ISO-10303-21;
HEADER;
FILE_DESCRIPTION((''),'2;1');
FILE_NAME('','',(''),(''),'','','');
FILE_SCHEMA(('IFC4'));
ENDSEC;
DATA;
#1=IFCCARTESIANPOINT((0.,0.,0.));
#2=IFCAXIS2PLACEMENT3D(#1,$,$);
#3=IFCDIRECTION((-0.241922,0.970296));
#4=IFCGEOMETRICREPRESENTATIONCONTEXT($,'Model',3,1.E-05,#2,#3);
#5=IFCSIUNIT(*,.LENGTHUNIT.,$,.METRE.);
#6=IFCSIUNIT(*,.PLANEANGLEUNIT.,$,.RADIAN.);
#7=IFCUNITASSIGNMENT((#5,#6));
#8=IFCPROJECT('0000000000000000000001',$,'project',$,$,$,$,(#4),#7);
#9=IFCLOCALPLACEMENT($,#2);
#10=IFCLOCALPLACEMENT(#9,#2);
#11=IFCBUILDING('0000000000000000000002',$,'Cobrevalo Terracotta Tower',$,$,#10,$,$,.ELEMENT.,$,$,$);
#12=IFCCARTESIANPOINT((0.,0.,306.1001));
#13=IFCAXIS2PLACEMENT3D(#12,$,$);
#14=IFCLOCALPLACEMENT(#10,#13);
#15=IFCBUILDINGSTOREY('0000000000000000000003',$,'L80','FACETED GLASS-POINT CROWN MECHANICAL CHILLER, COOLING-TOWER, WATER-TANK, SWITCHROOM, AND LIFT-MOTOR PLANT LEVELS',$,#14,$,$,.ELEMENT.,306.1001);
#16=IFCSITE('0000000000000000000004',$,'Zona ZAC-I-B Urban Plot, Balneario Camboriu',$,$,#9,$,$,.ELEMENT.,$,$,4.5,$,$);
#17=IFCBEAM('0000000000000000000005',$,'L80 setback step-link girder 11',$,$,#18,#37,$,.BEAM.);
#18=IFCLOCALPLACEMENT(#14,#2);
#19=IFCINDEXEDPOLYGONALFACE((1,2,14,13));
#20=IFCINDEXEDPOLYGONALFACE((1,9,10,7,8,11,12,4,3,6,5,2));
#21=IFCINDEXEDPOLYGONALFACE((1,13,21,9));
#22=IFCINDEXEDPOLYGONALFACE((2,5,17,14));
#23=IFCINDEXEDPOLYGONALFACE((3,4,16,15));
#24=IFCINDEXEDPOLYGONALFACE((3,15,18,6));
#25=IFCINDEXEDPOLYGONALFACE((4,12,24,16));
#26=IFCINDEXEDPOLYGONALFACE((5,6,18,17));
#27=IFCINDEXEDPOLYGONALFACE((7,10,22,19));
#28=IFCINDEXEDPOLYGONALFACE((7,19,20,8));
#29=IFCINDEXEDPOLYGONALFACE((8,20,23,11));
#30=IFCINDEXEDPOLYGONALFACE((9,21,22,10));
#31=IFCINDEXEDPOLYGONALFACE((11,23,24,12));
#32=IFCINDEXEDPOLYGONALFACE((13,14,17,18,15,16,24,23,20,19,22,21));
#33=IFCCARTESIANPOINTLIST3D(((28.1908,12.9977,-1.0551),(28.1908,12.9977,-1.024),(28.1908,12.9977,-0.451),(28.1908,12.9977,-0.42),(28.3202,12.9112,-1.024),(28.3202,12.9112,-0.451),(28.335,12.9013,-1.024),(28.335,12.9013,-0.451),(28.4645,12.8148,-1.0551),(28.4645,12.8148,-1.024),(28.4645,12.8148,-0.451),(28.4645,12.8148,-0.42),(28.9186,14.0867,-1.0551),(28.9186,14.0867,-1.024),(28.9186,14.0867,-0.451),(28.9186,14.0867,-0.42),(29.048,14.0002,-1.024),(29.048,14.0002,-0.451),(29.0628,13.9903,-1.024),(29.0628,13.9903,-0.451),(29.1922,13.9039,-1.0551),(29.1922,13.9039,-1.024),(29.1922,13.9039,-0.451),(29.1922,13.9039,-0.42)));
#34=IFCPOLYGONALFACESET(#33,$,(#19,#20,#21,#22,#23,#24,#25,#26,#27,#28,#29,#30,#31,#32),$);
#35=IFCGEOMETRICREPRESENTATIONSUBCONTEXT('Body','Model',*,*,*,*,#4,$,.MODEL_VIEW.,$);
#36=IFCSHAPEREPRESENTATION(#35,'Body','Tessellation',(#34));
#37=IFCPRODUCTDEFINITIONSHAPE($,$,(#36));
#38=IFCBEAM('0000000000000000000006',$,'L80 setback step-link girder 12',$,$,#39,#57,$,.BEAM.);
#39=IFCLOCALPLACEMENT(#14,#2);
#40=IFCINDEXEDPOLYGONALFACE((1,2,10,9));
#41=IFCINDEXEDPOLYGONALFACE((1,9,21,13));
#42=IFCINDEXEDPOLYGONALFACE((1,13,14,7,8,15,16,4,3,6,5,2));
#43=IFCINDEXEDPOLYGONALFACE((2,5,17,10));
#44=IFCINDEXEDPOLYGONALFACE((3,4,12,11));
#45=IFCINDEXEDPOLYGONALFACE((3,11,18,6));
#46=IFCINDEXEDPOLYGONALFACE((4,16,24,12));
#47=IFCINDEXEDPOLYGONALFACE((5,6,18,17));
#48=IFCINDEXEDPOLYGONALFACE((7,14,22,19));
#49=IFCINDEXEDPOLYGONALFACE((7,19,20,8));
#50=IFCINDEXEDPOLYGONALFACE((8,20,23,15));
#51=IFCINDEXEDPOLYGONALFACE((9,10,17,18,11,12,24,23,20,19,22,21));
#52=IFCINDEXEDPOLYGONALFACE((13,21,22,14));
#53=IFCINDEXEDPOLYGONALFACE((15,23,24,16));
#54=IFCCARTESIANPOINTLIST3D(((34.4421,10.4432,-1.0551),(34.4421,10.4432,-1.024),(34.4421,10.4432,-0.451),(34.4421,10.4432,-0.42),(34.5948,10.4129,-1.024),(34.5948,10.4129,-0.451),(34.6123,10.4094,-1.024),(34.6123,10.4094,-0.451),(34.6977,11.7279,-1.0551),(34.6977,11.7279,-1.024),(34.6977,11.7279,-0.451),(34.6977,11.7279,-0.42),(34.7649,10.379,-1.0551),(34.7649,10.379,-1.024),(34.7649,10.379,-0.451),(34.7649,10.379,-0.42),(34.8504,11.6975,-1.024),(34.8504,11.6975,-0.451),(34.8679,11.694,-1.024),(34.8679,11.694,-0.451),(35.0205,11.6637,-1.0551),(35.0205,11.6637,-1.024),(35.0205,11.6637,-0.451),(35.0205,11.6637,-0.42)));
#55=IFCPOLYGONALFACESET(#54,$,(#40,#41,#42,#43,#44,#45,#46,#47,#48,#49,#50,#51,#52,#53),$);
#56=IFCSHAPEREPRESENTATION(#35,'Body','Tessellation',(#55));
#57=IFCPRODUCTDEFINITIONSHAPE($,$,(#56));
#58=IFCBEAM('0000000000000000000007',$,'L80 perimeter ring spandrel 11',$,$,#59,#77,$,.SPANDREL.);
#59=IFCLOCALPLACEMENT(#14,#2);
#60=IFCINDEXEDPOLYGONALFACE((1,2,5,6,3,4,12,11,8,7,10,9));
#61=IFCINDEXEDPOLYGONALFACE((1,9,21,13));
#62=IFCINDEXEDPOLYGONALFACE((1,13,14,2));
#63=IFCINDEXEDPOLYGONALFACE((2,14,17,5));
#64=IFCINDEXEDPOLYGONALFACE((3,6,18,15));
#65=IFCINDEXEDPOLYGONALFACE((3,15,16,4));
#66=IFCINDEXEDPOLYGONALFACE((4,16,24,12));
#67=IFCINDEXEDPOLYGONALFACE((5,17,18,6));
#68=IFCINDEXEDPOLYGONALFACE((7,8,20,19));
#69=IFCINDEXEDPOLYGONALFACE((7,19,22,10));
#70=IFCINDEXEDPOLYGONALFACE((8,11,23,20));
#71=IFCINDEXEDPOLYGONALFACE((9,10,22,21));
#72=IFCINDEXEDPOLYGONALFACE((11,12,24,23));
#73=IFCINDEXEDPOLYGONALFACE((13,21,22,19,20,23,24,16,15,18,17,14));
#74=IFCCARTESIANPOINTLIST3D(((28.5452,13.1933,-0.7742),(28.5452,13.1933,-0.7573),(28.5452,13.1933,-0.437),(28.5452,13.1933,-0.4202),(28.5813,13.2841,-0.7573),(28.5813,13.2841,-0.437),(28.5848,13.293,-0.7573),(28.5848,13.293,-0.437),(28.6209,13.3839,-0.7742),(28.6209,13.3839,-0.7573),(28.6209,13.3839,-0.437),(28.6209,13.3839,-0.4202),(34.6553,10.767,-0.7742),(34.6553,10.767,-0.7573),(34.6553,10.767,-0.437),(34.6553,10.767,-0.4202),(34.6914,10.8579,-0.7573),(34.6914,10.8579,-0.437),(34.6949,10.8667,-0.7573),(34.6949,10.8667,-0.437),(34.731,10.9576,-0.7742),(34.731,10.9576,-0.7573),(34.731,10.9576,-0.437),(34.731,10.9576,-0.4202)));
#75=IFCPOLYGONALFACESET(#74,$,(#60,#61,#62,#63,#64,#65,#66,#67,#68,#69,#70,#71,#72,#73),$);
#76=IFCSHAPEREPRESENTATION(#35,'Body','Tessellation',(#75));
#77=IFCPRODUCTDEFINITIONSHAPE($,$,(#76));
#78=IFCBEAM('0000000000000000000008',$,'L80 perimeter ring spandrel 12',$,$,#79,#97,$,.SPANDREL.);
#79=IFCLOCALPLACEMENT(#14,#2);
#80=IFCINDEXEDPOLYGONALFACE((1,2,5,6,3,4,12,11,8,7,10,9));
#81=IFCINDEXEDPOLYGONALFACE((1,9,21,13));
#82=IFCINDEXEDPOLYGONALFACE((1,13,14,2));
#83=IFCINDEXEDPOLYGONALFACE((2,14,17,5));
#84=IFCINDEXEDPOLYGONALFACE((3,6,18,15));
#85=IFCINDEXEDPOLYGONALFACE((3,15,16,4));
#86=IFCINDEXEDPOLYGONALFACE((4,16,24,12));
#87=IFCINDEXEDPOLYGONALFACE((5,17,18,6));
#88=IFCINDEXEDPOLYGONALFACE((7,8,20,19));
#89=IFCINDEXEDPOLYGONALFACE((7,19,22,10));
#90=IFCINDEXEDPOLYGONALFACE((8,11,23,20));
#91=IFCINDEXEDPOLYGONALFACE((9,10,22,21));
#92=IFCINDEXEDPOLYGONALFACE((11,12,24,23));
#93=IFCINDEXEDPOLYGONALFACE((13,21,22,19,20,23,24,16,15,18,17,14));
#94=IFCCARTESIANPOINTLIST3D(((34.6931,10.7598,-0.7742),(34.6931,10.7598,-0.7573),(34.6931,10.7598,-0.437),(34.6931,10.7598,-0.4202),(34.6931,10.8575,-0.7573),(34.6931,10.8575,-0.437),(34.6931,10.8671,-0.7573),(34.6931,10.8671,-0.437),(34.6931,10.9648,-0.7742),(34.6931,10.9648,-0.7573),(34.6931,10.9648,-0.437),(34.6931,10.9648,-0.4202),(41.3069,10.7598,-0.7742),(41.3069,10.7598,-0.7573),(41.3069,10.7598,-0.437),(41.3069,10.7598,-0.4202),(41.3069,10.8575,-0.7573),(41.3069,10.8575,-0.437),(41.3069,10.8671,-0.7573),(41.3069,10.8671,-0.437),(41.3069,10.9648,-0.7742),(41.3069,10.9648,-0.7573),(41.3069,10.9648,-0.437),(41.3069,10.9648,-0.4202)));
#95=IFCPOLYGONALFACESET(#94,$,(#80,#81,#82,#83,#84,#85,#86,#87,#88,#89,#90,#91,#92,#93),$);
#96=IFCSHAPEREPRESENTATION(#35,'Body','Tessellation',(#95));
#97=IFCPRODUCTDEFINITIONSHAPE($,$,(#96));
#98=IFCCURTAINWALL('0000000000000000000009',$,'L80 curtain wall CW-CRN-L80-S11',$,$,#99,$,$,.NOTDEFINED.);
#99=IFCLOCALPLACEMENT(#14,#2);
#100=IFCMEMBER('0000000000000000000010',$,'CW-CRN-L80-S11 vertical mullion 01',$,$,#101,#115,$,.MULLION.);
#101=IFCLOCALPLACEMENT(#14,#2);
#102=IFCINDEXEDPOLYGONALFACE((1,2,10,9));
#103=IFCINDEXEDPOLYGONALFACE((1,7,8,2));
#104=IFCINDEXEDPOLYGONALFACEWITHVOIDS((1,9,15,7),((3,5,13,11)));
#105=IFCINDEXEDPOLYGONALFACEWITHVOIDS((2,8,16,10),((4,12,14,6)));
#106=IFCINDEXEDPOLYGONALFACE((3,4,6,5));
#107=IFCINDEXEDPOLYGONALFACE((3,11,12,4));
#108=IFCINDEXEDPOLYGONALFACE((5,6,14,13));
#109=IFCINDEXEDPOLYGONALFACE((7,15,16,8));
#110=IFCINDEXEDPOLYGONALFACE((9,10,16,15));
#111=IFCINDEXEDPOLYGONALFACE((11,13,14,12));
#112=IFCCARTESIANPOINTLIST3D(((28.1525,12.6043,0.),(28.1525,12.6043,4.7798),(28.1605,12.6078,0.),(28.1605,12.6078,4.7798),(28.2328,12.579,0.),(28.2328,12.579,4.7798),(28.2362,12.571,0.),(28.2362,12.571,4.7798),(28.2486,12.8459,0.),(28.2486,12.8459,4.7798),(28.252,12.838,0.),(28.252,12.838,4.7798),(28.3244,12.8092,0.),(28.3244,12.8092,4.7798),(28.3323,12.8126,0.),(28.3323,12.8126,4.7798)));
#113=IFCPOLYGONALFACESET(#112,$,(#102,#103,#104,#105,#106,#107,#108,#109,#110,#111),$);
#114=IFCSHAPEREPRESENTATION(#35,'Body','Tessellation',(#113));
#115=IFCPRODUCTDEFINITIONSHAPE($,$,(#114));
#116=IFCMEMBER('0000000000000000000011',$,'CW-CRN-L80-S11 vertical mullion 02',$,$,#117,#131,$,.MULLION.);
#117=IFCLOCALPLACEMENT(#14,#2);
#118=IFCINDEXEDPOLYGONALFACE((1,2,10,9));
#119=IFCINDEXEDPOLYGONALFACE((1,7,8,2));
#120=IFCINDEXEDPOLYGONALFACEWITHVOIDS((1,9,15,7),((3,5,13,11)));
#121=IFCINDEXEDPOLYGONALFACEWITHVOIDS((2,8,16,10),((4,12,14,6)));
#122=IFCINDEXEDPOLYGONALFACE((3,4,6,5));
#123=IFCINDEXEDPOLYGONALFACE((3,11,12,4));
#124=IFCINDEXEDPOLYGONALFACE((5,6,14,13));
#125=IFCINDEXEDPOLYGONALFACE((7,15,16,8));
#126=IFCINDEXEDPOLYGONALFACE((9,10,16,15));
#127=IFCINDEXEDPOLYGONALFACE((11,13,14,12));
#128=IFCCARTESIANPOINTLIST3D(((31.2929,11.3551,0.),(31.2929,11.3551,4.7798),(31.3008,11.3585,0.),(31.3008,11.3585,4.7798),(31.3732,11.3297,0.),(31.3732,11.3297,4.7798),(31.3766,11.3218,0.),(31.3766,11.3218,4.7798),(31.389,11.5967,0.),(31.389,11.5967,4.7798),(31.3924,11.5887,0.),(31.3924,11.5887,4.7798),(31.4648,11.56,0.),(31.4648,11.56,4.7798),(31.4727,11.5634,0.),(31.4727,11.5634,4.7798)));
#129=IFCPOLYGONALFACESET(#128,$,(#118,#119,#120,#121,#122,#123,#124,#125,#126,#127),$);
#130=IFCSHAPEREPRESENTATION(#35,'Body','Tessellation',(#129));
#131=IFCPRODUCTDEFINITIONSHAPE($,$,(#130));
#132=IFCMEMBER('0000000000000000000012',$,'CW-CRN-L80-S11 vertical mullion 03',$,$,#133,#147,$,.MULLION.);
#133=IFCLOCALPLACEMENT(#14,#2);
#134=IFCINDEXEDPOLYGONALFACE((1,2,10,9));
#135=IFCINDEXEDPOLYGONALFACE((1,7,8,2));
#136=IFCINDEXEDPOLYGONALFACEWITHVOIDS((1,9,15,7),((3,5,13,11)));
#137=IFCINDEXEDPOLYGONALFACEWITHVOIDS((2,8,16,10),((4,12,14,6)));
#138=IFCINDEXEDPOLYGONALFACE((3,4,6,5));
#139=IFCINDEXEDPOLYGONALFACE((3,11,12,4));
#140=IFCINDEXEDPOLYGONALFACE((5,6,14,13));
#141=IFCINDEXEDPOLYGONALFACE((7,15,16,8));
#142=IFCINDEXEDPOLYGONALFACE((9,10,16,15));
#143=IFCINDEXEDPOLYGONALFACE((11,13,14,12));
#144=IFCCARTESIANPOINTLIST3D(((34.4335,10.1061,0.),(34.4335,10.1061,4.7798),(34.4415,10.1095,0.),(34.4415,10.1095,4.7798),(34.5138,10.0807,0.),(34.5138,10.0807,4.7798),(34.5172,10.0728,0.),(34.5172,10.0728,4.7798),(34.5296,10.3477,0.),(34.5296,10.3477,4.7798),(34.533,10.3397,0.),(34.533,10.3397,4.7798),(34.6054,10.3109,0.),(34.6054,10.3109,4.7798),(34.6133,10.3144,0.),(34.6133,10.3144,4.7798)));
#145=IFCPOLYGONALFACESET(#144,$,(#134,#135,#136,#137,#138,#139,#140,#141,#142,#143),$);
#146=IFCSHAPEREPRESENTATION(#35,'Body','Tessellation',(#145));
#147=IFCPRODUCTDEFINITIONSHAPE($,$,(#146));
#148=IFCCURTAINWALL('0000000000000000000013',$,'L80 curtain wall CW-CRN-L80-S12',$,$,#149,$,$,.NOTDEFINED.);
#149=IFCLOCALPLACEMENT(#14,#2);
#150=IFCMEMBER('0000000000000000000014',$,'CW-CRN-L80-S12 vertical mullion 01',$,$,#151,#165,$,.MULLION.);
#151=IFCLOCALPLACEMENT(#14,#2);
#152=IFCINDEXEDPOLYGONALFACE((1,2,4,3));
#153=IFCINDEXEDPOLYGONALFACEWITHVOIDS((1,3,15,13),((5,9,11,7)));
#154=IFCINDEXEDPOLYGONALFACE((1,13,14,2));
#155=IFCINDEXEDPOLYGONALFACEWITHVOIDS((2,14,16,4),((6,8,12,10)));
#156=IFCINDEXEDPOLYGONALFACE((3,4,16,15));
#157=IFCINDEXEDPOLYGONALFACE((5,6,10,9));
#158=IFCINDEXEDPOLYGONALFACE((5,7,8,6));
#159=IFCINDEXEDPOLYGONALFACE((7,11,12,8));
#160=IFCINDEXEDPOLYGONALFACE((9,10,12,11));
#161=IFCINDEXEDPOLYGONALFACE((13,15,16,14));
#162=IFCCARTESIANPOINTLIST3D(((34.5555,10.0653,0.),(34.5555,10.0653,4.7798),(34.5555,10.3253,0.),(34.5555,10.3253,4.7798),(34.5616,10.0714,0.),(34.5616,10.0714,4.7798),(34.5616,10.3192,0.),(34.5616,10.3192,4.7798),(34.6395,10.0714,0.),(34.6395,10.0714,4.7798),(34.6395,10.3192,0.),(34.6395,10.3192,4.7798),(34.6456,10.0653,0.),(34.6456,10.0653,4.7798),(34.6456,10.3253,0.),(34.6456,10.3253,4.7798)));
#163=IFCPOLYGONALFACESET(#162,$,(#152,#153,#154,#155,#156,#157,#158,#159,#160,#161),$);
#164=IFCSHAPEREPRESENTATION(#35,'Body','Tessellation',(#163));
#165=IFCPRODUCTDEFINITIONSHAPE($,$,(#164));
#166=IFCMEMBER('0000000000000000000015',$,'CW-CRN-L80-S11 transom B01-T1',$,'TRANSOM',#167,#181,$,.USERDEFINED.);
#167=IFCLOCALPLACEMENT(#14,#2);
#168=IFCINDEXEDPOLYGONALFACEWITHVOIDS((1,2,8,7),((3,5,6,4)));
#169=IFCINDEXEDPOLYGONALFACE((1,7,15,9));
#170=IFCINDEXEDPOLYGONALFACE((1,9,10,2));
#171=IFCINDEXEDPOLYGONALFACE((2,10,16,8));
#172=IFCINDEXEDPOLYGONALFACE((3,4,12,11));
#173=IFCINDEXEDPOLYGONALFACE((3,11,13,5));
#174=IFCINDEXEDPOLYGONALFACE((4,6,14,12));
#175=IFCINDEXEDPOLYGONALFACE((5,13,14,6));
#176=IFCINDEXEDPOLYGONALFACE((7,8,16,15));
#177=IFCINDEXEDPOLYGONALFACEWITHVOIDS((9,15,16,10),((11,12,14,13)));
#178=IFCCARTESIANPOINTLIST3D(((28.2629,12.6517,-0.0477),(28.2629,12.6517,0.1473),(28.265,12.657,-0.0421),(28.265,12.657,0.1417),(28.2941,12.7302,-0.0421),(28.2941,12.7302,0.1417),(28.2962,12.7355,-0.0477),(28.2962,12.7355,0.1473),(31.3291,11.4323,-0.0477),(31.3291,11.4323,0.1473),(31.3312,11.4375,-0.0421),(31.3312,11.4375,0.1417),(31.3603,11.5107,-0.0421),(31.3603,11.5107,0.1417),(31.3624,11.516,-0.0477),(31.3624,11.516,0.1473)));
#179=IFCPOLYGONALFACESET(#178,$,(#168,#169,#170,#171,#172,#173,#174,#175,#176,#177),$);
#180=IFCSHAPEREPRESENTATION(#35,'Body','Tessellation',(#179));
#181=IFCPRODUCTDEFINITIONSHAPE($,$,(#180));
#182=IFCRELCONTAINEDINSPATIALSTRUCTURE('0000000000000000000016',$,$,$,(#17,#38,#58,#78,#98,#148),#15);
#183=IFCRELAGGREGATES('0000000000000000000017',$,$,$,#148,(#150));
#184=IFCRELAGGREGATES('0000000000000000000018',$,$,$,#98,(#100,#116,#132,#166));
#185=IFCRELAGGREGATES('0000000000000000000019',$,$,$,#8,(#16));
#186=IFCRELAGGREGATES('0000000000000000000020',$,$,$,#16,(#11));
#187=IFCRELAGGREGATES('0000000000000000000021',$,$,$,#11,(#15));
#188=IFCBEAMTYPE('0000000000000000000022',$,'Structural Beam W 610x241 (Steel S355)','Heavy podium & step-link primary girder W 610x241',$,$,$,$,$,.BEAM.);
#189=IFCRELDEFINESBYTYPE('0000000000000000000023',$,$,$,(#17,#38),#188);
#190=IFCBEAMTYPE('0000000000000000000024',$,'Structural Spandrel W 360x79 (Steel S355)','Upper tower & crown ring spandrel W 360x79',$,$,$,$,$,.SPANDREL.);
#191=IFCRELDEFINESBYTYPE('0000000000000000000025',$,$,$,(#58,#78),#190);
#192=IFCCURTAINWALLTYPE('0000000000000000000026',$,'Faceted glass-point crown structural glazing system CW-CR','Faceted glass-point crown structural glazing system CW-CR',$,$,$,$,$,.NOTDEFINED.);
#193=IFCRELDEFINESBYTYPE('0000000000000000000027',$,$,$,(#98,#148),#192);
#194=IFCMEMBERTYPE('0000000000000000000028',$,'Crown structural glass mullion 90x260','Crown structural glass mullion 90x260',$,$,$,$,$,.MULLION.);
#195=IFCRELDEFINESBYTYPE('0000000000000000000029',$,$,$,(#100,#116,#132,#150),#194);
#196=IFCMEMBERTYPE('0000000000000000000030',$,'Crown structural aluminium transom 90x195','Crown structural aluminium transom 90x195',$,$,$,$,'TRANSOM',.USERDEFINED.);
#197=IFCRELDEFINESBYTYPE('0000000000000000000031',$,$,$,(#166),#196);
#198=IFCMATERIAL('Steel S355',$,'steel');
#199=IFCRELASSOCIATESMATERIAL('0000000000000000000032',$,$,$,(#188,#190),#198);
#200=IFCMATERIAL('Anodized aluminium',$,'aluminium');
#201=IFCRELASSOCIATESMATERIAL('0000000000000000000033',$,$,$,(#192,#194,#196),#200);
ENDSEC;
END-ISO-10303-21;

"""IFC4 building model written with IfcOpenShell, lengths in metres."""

from ifc_helpers import new_model, si_unit, direction, frame, origin, origin_2d, place, context, subcontext, project, spatial, hollow_rectangle, i_section, extrude, source, transform, mapped, material, material_profile, profile_set, type_object, element, aggregate, save


model = new_model("IFC4")

# Units and contexts
model_context = context("Model", 3, precision=1e-05, world=origin(), true_north=direction((-0.241922, 0.970296)))
body_context = subcontext(model_context, "Body", "Model", "MODEL_VIEW")
ifc_project = project(units=[si_unit("LENGTHUNIT", "METRE"), si_unit("PLANEANGLEUNIT", "RADIAN")], contexts=[model_context])

# Site, building, storey
site_placement = place(None, origin())
site = spatial("IfcSite", under=ifc_project, at=site_placement, Name="Zona ZAC-I-B Urban Plot, Balneario Camboriu", CompositionType="ELEMENT", RefElevation=4.5)
building_placement = place(site_placement, origin())
building = spatial("IfcBuilding", under=site, at=building_placement, Name="Cobrevalo Terracotta Tower", CompositionType="ELEMENT")
storey_placement = place(building_placement, frame((0.0, 0.0, 306.1001)))
storey = spatial("IfcBuildingStorey", under=building, at=storey_placement, Name="L80", Description="FACETED GLASS-POINT CROWN MECHANICAL CHILLER, COOLING-TOWER, WATER-TANK, SWITCHROOM, AND LIFT-MOTOR PLANT LEVELS", CompositionType="ELEMENT", Elevation=306.1001)

# Shared definitions
ifc_material_1 = material(Name="Steel S355", Category="steel")

# Beams
ifc_material_profile_1 = material_profile(ifc_material_1, i_section(OverallWidth=0.3291, OverallDepth=0.635, WebThickness=0.0178, FlangeThickness=0.031, at=origin_2d()), Name="W 610x241")
ifc_profile_set_1 = profile_set([ifc_material_profile_1], Name="Steel S355")
beam_type_1 = type_object("IfcBeamType", Name="Structural Beam W 610x241 (Steel S355)", Description="Heavy podium & step-link primary girder W 610x241", PredefinedType="BEAM", material=ifc_profile_set_1)
for number, where, z_axis, x_axis, name in (
    (1, (28.3276, 12.9062, -0.7375), (0.555603, 0.831448, 0.0), (-0.831448, 0.555603, 0.0), "L80 setback step-link girder 11"),
    (2, (34.6035, 10.4111, -0.7375), (0.195148, 0.980774, 0.0), (-0.980774, 0.195148, 0.0), "L80 setback step-link girder 12"),
):
    element("IfcBeam", number, at=place(storey_placement, frame(where, z_axis=z_axis, x_axis=x_axis)), inside=storey, type_object=beam_type_1, Name=name, PredefinedType="BEAM", context=body_context, shape_type="SweptSolid", body=[
        extrude(i_section(OverallWidth=0.3291, OverallDepth=0.635, WebThickness=0.0178, FlangeThickness=0.031, at=origin_2d()), origin(), (0.0, 0.0, 1.0), 1.3098),
    ])
ifc_material_profile_2 = material_profile(ifc_material_1, i_section(OverallWidth=0.2051, OverallDepth=0.354, WebThickness=0.0095, FlangeThickness=0.0168, at=origin_2d()), Name="W 360x79")
ifc_profile_set_2 = profile_set([ifc_material_profile_2], Name="Steel S355")
beam_type_2 = type_object("IfcBeamType", Name="Structural Spandrel W 360x79 (Steel S355)", Description="Upper tower & crown ring spandrel W 360x79", PredefinedType="SPANDREL", material=ifc_profile_set_2)
beam_1_placement = place(storey_placement, frame((28.583, 13.2886, -0.5972), z_axis=(0.929406, -0.369059, 0.0), x_axis=(0.369059, 0.929406, 0.0)))
element("IfcBeam", 3, at=beam_1_placement, inside=storey, type_object=beam_type_2, Name="L80 perimeter ring spandrel 11", PredefinedType="SPANDREL", context=body_context, shape_type="SweptSolid", body=[
    extrude(i_section(OverallWidth=0.2051, OverallDepth=0.354, WebThickness=0.0095, FlangeThickness=0.0168, at=origin_2d()), origin(), (0.0, 0.0, 1.0), 6.5742),
])
beam_2_placement = place(storey_placement, frame((34.6931, 10.8623, -0.5972), z_axis=(1.0, 0.0, 0.0), x_axis=(0.0, 1.0, 0.0)))
element("IfcBeam", 4, at=beam_2_placement, inside=storey, type_object=beam_type_2, Name="L80 perimeter ring spandrel 12", PredefinedType="SPANDREL", context=body_context, shape_type="SweptSolid", body=[
    extrude(i_section(OverallWidth=0.2051, OverallDepth=0.354, WebThickness=0.0095, FlangeThickness=0.0168, at=origin_2d()), origin(), (0.0, 0.0, 1.0), 6.6138),
])

# Curtain wall, members
ifc_material_2 = material(Name="Anodized aluminium", Category="aluminium")
curtain_wall_type = type_object("IfcCurtainWallType", Name="Faceted glass-point crown structural glazing system CW-CR", Description="Faceted glass-point crown structural glazing system CW-CR", PredefinedType="NOTDEFINED", material=ifc_material_2)
curtain_wall_1_placement = place(storey_placement, origin())
curtain_wall_1 = element("IfcCurtainWall", 5, at=curtain_wall_1_placement, inside=storey, type_object=curtain_wall_type, Name="L80 curtain wall CW-CRN-L80-S11", PredefinedType="NOTDEFINED")
ifc_material_profile_3 = material_profile(ifc_material_2, hollow_rectangle(XDim=0.0901, YDim=0.26, WallThickness=0.0061, at=origin_2d()), Name="CWM 90x260")
ifc_profile_set_3 = profile_set([ifc_material_profile_3], Name="Anodized aluminium")
member_type_1 = type_object("IfcMemberType", Name="Crown structural glass mullion 90x260", Description="Crown structural glass mullion 90x260", PredefinedType="MULLION", material=ifc_profile_set_3)
shared_shape_1 = source(origin(), body_context, "Body", "SweptSolid", [
    extrude(hollow_rectangle(XDim=0.0901, YDim=0.26, WallThickness=0.0061, at=origin_2d()), origin(), (0.0, 0.0, 1.0), 4.7798),
])
member_1_placement = place(storey_placement, frame((28.2424, 12.7085, 0.0), z_axis=(0.0, 0.0, 1.0), x_axis=(0.929191, -0.369601, 0.0)))
member_1 = element("IfcMember", 6, at=member_1_placement, type_object=member_type_1, Name="CW-CRN-L80-S11 vertical mullion 01", PredefinedType="MULLION", context=body_context, shape_type="MappedRepresentation", body=[
    mapped(shared_shape_1, transform((0.0, 0.0, 0.0), scale=1.0)),
])
member_2_placement = place(storey_placement, frame((31.3828, 11.4592, 0.0), z_axis=(0.0, 0.0, 1.0), x_axis=(0.929191, -0.369601, 0.0)))
member_2 = element("IfcMember", 7, at=member_2_placement, type_object=member_type_1, Name="CW-CRN-L80-S11 vertical mullion 02", PredefinedType="MULLION", context=body_context, shape_type="MappedRepresentation", body=[
    mapped(shared_shape_1, transform((0.0, 0.0, 0.0), scale=1.0)),
])
member_3_placement = place(storey_placement, frame((34.5234, 10.2102, 0.0), z_axis=(0.0, 0.0, 1.0), x_axis=(0.929191, -0.369601, 0.0)))
member_3 = element("IfcMember", 8, at=member_3_placement, type_object=member_type_1, Name="CW-CRN-L80-S11 vertical mullion 03", PredefinedType="MULLION", context=body_context, shape_type="MappedRepresentation", body=[
    mapped(shared_shape_1, transform((0.0, 0.0, 0.0), scale=1.0)),
])

# Curtain wall, member
curtain_wall_2_placement = place(storey_placement, origin())
curtain_wall_2 = element("IfcCurtainWall", 9, at=curtain_wall_2_placement, inside=storey, type_object=curtain_wall_type, Name="L80 curtain wall CW-CRN-L80-S12", PredefinedType="NOTDEFINED")
member_4_placement = place(storey_placement, frame((34.6006, 10.1953, 0.0), z_axis=(0.0, 0.0, 1.0), x_axis=(1.0, 0.0, 0.0)))
member_4 = element("IfcMember", 10, at=member_4_placement, type_object=member_type_1, Name="CW-CRN-L80-S12 vertical mullion 01", PredefinedType="MULLION", context=body_context, shape_type="MappedRepresentation", body=[
    mapped(shared_shape_1, transform((0.0, 0.0, 0.0), scale=1.0)),
])

# Member
ifc_material_profile_4 = material_profile(ifc_material_2, hollow_rectangle(XDim=0.0901, YDim=0.1951, WallThickness=0.0056, at=origin_2d()), Name="CWT 90x195")
ifc_profile_set_4 = profile_set([ifc_material_profile_4], Name="Anodized aluminium")
member_type_2 = type_object("IfcMemberType", Name="Crown structural aluminium transom 90x195", Description="Crown structural aluminium transom 90x195", ElementType="TRANSOM", PredefinedType="USERDEFINED", material=ifc_profile_set_4)
shared_shape_2 = source(origin(), body_context, "Body", "SweptSolid", [
    extrude(hollow_rectangle(XDim=0.0901, YDim=0.1951, WallThickness=0.0056, at=origin_2d()), origin(), (0.0, 0.0, 1.0), 3.2998),
])
member_5_placement = place(storey_placement, frame((28.2795, 12.6936, 0.0498), z_axis=(0.929205, -0.369566, 0.0), x_axis=(0.369566, 0.929205, 0.0)))
member_5 = element("IfcMember", 11, at=member_5_placement, type_object=member_type_2, Name="CW-CRN-L80-S11 transom B01-T1", ObjectType="TRANSOM", PredefinedType="USERDEFINED", context=body_context, shape_type="MappedRepresentation", body=[
    mapped(shared_shape_2, transform((0.0, 0.0, 0.0), scale=1.0)),
])
aggregate(curtain_wall_2, [member_4])

aggregate(curtain_wall_1, [member_1, member_2, member_3, member_5])

save(model, "model.ifc")
